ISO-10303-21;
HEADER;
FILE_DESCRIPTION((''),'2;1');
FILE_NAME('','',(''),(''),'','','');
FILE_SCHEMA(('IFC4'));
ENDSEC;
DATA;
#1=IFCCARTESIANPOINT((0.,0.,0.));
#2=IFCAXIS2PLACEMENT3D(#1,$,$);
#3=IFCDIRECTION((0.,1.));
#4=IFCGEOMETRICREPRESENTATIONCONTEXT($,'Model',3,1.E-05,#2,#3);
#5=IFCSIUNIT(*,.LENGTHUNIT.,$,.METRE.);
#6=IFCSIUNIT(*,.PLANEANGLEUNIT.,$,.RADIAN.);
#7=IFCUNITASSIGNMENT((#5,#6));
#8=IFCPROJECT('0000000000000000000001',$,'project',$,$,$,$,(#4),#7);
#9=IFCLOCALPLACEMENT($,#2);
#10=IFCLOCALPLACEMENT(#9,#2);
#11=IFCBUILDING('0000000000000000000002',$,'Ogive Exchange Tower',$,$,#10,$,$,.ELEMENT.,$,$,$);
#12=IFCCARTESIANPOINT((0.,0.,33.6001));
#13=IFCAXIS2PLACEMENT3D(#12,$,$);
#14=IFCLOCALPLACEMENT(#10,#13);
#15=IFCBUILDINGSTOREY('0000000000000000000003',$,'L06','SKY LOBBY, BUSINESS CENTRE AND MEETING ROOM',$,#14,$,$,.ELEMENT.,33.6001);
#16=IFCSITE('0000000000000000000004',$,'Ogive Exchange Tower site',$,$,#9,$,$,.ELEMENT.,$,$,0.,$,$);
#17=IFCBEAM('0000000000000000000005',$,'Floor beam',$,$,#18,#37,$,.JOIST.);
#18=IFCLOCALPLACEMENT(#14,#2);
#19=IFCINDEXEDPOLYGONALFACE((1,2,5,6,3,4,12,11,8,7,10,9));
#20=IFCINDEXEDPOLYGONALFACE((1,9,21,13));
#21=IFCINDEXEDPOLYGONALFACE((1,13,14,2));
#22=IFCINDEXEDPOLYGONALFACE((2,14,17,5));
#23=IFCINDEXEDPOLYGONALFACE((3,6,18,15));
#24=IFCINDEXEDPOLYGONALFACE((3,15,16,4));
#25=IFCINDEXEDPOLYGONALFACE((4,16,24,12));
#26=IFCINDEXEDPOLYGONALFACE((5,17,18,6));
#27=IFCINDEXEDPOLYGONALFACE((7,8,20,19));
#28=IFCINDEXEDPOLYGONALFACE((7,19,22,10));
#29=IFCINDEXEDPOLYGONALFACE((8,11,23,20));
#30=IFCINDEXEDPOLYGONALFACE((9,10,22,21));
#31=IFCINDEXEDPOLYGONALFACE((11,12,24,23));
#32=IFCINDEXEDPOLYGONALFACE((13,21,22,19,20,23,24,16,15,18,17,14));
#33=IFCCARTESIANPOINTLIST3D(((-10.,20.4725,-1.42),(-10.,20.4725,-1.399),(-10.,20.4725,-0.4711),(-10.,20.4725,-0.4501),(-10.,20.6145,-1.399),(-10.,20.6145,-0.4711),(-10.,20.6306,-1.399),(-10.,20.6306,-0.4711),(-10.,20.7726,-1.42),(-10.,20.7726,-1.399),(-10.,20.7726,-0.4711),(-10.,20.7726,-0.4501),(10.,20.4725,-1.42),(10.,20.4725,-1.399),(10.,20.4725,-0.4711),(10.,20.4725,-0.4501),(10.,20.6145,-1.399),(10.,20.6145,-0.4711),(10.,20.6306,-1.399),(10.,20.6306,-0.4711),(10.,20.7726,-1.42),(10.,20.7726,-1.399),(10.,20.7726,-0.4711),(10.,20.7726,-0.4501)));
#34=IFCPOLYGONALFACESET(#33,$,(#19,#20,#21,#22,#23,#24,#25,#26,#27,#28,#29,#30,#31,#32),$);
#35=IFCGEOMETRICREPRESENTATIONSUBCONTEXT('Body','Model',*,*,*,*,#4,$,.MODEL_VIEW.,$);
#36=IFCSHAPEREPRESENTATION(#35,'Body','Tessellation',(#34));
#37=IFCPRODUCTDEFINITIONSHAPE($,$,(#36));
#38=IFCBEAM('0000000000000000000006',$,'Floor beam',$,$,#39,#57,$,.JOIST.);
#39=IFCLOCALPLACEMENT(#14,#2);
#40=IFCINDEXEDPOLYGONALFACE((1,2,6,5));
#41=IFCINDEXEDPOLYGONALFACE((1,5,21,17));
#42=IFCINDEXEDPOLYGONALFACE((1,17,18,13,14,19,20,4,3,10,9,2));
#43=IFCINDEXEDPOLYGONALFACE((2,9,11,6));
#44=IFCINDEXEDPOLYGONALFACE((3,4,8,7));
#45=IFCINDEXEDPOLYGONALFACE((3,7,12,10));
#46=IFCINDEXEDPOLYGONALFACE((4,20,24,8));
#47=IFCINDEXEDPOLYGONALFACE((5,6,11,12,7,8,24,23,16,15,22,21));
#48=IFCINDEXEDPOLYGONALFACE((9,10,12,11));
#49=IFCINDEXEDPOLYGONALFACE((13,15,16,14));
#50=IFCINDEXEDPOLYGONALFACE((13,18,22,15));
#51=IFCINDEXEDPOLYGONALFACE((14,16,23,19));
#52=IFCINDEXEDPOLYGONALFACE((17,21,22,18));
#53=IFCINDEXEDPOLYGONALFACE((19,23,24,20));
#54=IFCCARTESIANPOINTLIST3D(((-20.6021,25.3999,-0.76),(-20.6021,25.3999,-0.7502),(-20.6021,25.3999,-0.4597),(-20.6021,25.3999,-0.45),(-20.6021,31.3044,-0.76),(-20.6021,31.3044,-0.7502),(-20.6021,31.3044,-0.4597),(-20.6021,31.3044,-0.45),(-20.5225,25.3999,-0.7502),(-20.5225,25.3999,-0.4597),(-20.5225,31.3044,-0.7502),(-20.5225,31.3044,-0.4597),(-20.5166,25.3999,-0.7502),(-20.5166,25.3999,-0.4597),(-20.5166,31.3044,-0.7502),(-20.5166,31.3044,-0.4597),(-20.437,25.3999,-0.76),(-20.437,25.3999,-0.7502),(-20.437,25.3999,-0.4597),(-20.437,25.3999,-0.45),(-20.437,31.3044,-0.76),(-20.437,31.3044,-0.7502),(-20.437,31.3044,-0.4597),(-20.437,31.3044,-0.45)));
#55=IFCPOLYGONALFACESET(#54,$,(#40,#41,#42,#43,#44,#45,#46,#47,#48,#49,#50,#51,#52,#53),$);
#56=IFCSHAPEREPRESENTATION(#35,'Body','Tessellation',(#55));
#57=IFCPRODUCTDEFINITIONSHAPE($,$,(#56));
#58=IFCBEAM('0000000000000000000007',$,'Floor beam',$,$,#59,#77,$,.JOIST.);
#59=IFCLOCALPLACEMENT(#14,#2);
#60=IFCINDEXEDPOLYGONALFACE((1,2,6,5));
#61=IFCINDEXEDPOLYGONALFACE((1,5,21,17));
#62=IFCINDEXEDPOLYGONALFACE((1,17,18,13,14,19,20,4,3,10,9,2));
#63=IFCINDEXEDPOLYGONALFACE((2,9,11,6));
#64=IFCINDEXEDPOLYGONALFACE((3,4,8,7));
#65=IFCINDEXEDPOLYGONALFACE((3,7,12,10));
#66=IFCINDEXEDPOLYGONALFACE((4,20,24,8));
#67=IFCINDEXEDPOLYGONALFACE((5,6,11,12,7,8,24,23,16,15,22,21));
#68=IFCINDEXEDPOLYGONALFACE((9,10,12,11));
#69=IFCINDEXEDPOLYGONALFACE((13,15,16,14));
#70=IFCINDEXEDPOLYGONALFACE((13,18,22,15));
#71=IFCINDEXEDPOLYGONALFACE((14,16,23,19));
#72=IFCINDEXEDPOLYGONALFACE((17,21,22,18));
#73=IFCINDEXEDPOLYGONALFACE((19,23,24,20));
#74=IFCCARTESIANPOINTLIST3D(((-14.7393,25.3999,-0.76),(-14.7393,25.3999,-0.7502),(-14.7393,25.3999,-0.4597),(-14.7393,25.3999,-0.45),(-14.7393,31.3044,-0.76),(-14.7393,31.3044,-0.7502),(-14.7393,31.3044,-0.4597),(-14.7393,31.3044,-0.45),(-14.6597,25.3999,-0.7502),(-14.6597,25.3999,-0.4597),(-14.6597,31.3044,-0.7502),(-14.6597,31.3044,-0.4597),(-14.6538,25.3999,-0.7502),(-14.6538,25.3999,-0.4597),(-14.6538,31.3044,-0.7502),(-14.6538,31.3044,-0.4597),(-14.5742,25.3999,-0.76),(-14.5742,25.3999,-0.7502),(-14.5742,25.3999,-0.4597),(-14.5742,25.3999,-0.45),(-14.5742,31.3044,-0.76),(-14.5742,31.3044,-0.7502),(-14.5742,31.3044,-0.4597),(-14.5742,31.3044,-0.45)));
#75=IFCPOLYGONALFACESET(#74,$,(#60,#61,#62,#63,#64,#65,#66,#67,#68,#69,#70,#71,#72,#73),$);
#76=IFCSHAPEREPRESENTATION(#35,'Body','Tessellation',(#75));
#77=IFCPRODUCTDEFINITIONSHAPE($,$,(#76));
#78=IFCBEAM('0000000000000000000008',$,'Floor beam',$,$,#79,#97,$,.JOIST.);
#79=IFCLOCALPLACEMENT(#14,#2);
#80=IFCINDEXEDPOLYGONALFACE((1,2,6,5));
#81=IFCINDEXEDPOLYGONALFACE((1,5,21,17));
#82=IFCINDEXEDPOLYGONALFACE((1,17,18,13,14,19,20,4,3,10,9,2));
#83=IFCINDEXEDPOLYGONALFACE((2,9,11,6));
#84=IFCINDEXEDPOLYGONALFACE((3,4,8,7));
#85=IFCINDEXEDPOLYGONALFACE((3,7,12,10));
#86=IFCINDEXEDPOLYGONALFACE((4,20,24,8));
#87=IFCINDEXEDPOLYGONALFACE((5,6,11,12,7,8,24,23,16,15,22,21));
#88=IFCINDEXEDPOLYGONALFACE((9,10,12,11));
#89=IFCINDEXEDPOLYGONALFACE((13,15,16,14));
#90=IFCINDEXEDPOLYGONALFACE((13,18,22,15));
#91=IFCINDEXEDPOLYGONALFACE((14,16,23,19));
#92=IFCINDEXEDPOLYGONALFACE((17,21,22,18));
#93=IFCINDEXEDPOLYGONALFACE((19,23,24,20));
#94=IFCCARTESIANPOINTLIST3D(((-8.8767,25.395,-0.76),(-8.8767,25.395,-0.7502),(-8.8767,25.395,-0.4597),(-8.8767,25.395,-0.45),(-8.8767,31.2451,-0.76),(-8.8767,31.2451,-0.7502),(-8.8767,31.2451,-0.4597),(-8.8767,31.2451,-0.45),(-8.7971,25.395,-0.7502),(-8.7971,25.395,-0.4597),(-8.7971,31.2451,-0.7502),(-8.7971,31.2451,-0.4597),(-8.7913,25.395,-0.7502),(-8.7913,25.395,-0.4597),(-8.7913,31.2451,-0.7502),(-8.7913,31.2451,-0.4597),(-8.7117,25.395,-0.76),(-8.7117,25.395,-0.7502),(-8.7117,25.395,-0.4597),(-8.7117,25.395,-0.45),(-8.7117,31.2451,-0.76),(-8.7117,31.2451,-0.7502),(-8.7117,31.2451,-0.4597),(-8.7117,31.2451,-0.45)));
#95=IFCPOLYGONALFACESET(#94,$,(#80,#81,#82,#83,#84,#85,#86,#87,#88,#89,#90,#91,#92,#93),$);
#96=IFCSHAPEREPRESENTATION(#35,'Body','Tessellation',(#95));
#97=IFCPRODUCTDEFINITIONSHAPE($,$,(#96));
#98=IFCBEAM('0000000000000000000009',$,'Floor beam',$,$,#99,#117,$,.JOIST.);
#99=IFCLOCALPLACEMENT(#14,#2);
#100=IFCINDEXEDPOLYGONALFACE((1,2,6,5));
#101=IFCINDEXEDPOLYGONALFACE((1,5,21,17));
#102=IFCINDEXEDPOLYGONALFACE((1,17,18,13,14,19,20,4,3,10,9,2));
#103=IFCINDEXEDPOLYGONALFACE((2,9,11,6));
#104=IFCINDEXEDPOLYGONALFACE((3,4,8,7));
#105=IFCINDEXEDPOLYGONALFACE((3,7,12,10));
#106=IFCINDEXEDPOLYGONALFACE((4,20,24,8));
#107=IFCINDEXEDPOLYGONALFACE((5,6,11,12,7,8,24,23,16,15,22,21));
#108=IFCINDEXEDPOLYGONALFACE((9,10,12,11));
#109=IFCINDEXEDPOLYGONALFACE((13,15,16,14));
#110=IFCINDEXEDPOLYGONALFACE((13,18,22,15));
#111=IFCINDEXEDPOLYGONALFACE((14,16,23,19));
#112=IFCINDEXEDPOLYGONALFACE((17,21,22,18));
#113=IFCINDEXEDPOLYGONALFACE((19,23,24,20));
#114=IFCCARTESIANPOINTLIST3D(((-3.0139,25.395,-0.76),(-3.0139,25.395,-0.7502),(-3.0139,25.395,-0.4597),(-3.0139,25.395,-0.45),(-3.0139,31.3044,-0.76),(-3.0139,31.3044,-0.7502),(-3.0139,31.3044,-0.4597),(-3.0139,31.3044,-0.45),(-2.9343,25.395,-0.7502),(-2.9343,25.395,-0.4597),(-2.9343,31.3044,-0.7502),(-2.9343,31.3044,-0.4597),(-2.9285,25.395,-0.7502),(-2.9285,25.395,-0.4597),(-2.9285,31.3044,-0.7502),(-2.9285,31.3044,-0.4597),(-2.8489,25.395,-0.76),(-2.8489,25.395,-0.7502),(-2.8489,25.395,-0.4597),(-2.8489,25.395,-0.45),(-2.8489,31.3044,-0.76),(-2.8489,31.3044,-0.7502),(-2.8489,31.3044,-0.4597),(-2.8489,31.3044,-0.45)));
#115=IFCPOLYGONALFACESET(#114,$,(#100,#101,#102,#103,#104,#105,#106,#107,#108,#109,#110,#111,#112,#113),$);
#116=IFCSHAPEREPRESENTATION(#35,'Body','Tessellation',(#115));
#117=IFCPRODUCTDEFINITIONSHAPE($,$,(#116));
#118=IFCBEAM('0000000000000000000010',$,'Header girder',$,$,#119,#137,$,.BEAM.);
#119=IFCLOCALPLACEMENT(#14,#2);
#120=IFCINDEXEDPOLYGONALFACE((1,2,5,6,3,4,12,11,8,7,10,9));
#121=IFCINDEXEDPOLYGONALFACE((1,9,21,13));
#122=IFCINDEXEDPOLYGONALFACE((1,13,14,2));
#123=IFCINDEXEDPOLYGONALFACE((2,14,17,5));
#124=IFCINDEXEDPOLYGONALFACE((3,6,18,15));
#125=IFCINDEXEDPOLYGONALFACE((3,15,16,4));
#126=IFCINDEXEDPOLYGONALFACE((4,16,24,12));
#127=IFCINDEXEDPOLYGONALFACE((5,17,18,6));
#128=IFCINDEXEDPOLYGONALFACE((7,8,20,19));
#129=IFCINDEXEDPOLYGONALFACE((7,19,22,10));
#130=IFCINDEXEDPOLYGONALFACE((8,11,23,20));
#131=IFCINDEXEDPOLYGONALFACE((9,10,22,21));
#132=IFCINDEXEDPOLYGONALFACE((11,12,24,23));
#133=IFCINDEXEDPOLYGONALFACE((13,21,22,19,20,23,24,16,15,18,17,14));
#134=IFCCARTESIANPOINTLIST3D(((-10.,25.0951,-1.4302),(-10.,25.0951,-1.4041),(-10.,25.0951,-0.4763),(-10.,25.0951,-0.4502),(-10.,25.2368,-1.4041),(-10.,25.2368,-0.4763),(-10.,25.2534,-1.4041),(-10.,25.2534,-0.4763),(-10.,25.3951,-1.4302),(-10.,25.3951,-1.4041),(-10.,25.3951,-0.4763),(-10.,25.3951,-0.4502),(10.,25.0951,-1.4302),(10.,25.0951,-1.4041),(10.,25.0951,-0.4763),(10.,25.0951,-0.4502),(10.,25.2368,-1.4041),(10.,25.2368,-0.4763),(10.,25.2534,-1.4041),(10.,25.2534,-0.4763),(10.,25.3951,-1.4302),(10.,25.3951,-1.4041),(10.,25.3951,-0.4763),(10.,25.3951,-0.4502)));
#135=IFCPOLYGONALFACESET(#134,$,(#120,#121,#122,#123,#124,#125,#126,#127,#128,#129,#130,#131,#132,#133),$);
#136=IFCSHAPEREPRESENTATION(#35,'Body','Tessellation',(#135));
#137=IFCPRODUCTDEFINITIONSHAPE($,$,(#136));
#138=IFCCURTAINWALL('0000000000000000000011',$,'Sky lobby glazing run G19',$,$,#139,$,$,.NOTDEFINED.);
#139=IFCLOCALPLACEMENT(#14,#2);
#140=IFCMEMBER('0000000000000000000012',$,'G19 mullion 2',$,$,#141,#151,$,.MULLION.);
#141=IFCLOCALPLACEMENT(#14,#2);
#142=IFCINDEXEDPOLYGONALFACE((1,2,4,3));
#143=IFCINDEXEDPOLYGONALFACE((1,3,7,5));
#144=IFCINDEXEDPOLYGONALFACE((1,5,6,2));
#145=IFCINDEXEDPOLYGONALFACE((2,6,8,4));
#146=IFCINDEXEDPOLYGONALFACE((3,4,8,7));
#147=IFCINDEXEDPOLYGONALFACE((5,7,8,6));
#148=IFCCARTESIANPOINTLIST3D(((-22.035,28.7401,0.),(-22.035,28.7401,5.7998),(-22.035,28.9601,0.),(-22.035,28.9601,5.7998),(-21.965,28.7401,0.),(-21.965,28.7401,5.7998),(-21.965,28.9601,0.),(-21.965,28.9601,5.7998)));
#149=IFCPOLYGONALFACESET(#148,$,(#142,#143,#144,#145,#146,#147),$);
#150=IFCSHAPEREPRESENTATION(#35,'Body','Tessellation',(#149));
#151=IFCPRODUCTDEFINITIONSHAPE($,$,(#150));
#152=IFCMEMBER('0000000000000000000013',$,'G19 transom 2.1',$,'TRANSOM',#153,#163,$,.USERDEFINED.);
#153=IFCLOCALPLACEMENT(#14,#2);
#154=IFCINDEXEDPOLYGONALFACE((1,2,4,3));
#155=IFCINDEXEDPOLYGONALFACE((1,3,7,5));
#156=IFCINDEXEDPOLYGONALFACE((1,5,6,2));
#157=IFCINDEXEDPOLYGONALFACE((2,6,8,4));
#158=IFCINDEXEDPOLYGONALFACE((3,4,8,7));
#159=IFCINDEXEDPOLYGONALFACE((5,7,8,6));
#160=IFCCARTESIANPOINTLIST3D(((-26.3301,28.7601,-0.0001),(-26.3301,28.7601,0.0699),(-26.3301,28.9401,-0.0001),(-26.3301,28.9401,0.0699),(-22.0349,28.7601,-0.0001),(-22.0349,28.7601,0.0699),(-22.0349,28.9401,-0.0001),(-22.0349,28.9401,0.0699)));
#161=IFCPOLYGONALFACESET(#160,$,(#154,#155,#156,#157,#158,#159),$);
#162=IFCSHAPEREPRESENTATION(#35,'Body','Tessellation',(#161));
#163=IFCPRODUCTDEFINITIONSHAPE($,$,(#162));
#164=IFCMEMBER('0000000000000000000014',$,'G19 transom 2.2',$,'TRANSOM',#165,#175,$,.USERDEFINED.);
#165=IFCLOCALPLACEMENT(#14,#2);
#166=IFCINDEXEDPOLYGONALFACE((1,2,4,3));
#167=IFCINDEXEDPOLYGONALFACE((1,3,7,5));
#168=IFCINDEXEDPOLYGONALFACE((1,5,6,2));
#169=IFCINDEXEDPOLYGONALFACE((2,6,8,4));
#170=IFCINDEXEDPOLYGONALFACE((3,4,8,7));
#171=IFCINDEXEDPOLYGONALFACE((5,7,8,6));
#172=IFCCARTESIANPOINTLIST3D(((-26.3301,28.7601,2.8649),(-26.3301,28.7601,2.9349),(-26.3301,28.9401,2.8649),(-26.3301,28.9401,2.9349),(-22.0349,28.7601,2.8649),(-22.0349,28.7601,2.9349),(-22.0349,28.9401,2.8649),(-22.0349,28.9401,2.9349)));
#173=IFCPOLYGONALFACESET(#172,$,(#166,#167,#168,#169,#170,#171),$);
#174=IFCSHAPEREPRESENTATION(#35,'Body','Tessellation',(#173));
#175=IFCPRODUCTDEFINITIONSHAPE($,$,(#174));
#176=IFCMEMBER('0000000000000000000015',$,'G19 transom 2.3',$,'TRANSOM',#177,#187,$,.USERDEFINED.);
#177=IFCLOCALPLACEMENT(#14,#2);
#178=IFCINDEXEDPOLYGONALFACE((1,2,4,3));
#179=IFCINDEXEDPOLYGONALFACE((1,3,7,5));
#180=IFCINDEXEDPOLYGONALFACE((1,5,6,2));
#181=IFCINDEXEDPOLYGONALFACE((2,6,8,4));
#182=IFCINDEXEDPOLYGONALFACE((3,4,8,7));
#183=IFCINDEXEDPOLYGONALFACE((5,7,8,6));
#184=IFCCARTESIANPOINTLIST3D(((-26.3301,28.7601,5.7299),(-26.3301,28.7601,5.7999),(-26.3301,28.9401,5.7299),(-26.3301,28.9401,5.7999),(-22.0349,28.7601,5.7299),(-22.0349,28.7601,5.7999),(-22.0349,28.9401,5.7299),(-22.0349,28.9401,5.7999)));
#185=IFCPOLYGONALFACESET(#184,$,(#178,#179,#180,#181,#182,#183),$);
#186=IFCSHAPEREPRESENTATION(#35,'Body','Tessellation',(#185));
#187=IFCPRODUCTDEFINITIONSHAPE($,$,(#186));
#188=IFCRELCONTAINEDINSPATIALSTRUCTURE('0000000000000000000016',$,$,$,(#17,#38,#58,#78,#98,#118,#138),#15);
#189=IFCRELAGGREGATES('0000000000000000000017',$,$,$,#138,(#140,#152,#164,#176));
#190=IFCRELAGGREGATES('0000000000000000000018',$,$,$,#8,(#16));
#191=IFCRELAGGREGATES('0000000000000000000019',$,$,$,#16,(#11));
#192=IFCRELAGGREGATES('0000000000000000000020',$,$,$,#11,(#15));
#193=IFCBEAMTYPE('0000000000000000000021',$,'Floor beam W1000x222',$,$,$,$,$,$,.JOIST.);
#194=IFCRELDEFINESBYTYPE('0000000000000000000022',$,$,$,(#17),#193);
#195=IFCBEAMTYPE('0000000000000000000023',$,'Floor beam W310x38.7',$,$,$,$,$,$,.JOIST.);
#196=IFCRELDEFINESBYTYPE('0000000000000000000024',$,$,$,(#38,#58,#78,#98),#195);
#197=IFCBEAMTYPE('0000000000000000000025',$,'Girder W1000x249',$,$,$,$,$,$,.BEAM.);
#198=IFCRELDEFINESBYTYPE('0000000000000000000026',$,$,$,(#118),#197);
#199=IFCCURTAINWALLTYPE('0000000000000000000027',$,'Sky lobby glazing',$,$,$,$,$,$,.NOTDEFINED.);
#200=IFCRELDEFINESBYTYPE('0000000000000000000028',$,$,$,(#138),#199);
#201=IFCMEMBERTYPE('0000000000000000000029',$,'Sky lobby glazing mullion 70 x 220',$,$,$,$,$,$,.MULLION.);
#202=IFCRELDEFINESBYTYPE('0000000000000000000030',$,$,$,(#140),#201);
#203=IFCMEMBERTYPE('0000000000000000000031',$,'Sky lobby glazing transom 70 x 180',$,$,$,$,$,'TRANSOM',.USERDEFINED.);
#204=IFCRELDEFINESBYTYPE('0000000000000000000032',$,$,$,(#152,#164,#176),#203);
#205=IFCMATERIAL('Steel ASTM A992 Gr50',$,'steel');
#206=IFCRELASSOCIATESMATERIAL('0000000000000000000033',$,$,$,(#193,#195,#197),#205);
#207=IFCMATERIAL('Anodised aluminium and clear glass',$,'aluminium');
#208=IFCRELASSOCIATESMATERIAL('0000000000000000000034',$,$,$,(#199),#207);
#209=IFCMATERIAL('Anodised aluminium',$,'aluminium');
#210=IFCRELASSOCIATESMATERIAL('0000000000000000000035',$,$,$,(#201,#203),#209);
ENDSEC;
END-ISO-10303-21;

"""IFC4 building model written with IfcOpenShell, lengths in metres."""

from ifc_helpers import new_model, si_unit, direction, frame, origin, origin_2d, place, context, subcontext, project, spatial, rectangle, i_section, extrude, material, material_profile, profile_set, type_object, element, aggregate, save


model = new_model("IFC4")

# Units and contexts
model_context = context("Model", 3, precision=1e-05, world=origin(), true_north=direction((0.0, 1.0)))
body_context = subcontext(model_context, "Body", "Model", "MODEL_VIEW")
ifc_project = project(units=[si_unit("LENGTHUNIT", "METRE"), si_unit("PLANEANGLEUNIT", "RADIAN")], contexts=[model_context])

# Site, building, storey
site_placement = place(None, origin())
site = spatial("IfcSite", under=ifc_project, at=site_placement, Name="Ogive Exchange Tower site", CompositionType="ELEMENT", RefElevation=0.0)
building_placement = place(site_placement, origin())
building = spatial("IfcBuilding", under=site, at=building_placement, Name="Ogive Exchange Tower", CompositionType="ELEMENT")
storey_placement = place(building_placement, frame((0.0, 0.0, 33.6001)))
storey = spatial("IfcBuildingStorey", under=building, at=storey_placement, Name="L06", Description="SKY LOBBY, BUSINESS CENTRE AND MEETING ROOM", CompositionType="ELEMENT", Elevation=33.6001)

# Beams
ifc_material_1 = material(Name="Steel ASTM A992 Gr50", Category="steel")
ifc_material_profile_1 = material_profile(ifc_material_1, i_section(OverallWidth=0.3, OverallDepth=0.97, WebThickness=0.0161, FlangeThickness=0.021, at=origin_2d()), Name="W1000x222")
ifc_profile_set_1 = profile_set([ifc_material_profile_1], Name="Steel ASTM A992 Gr50")
beam_type_1 = type_object("IfcBeamType", Name="Floor beam W1000x222", PredefinedType="JOIST", material=ifc_profile_set_1)
beam_1_placement = place(storey_placement, frame((-10.0, 20.6226, -0.9351), z_axis=(1.0, 0.0, 0.0), x_axis=(0.0, 1.0, 0.0)))
element("IfcBeam", 1, at=beam_1_placement, inside=storey, type_object=beam_type_1, Name="Floor beam", PredefinedType="JOIST", context=body_context, shape_type="SweptSolid", body=[
    extrude(i_section(OverallWidth=0.3, OverallDepth=0.97, WebThickness=0.0161, FlangeThickness=0.021, at=origin_2d()), origin(), (0.0, 0.0, 1.0), 20.0),
])
ifc_material_profile_2 = material_profile(ifc_material_1, i_section(OverallWidth=0.165, OverallDepth=0.3101, WebThickness=0.0059, FlangeThickness=0.0098, at=origin_2d()), Name="W310x38.7")
ifc_profile_set_2 = profile_set([ifc_material_profile_2], Name="Steel ASTM A992 Gr50")
beam_type_2 = type_object("IfcBeamType", Name="Floor beam W310x38.7", PredefinedType="JOIST", material=ifc_profile_set_2)
for number, where, z_axis, x_axis, name in (
    (2, (-20.5195, 25.3999, -0.605), (0.0, 1.0, 0.0), (-1.0, 0.0, 0.0), "Floor beam"),
    (3, (-14.6567, 25.3999, -0.605), (0.0, 1.0, 0.0), (-1.0, 0.0, 0.0), "Floor beam"),
):
    element("IfcBeam", number, at=place(storey_placement, frame(where, z_axis=z_axis, x_axis=x_axis)), inside=storey, type_object=beam_type_2, Name=name, PredefinedType="JOIST", context=body_context, shape_type="SweptSolid", body=[
        extrude(i_section(OverallWidth=0.165, OverallDepth=0.3101, WebThickness=0.0059, FlangeThickness=0.0098, at=origin_2d()), origin(), (0.0, 0.0, 1.0), 5.9045),
    ])
beam_2_placement = place(storey_placement, frame((-8.7942, 25.395, -0.605), z_axis=(0.0, 1.0, 0.0), x_axis=(-1.0, 0.0, 0.0)))
element("IfcBeam", 4, at=beam_2_placement, inside=storey, type_object=beam_type_2, Name="Floor beam", PredefinedType="JOIST", context=body_context, shape_type="SweptSolid", body=[
    extrude(i_section(OverallWidth=0.165, OverallDepth=0.3101, WebThickness=0.0059, FlangeThickness=0.0098, at=origin_2d()), origin(), (0.0, 0.0, 1.0), 5.8501),
])
beam_3_placement = place(storey_placement, frame((-2.9314, 25.395, -0.605), z_axis=(0.0, 1.0, 0.0), x_axis=(-1.0, 0.0, 0.0)))
element("IfcBeam", 5, at=beam_3_placement, inside=storey, type_object=beam_type_2, Name="Floor beam", PredefinedType="JOIST", context=body_context, shape_type="SweptSolid", body=[
    extrude(i_section(OverallWidth=0.165, OverallDepth=0.3101, WebThickness=0.0059, FlangeThickness=0.0098, at=origin_2d()), origin(), (0.0, 0.0, 1.0), 5.9094),
])
ifc_material_profile_3 = material_profile(ifc_material_1, i_section(OverallWidth=0.3, OverallDepth=0.98, WebThickness=0.0166, FlangeThickness=0.0261, at=origin_2d()), Name="W1000x249")
ifc_profile_set_3 = profile_set([ifc_material_profile_3], Name="Steel ASTM A992 Gr50")
beam_type_3 = type_object("IfcBeamType", Name="Girder W1000x249", PredefinedType="BEAM", material=ifc_profile_set_3)
beam_4_placement = place(storey_placement, frame((-10.0, 25.2451, -0.9402), z_axis=(1.0, 0.0, 0.0), x_axis=(0.0, 1.0, 0.0)))
element("IfcBeam", 6, at=beam_4_placement, inside=storey, type_object=beam_type_3, Name="Header girder", PredefinedType="BEAM", context=body_context, shape_type="SweptSolid", body=[
    extrude(i_section(OverallWidth=0.3, OverallDepth=0.98, WebThickness=0.0166, FlangeThickness=0.0261, at=origin_2d()), origin(), (0.0, 0.0, 1.0), 20.0),
])

# Curtain wall, members
ifc_material_2 = material(Name="Anodised aluminium and clear glass", Category="aluminium")
curtain_wall_type = type_object("IfcCurtainWallType", Name="Sky lobby glazing", PredefinedType="NOTDEFINED", material=ifc_material_2)
curtain_wall_placement = place(storey_placement, origin())
curtain_wall = element("IfcCurtainWall", 7, at=curtain_wall_placement, inside=storey, type_object=curtain_wall_type, Name="Sky lobby glazing run G19", PredefinedType="NOTDEFINED")
ifc_material_3 = material(Name="Anodised aluminium", Category="aluminium")
ifc_material_profile_4 = material_profile(ifc_material_3, rectangle(XDim=0.22, YDim=0.0701, at=origin_2d()), Name="AL 70x220")
ifc_profile_set_4 = profile_set([ifc_material_profile_4], Name="Anodised aluminium")
member_type_1 = type_object("IfcMemberType", Name="Sky lobby glazing mullion 70 x 220", PredefinedType="MULLION", material=ifc_profile_set_4)
member_1_placement = place(storey_placement, frame((-22.0, 28.8501, 0.0), z_axis=(0.0, 0.0, 1.0), x_axis=(0.0, -1.0, 0.0)))
member_1 = element("IfcMember", 8, at=member_1_placement, type_object=member_type_1, Name="G19 mullion 2", PredefinedType="MULLION", context=body_context, shape_type="SweptSolid", body=[
    extrude(rectangle(XDim=0.22, YDim=0.0701, at=origin_2d()), origin(), (0.0, 0.0, 1.0), 5.7998),
])
ifc_material_profile_5 = material_profile(ifc_material_3, rectangle(XDim=0.1799, YDim=0.0701, at=origin_2d()), Name="AL 70x180")
ifc_profile_set_5 = profile_set([ifc_material_profile_5], Name="Anodised aluminium")
member_type_2 = type_object("IfcMemberType", Name="Sky lobby glazing transom 70 x 180", ElementType="TRANSOM", PredefinedType="USERDEFINED", material=ifc_profile_set_5)
member_2_placement = place(storey_placement, frame((-22.0349, 28.8501, 0.0349), z_axis=(-1.0, 0.0, 0.0), x_axis=(0.0, -1.0, 0.0)))
member_2 = element("IfcMember", 9, at=member_2_placement, type_object=member_type_2, Name="G19 transom 2.1", ObjectType="TRANSOM", PredefinedType="USERDEFINED", context=body_context, shape_type="SweptSolid", body=[
    extrude(rectangle(XDim=0.1799, YDim=0.0701, at=origin_2d()), origin(), (0.0, 0.0, 1.0), 4.2952),
])
member_3_placement = place(storey_placement, frame((-22.0349, 28.8501, 2.8999), z_axis=(-1.0, 0.0, 0.0), x_axis=(0.0, -1.0, 0.0)))
member_3 = element("IfcMember", 10, at=member_3_placement, type_object=member_type_2, Name="G19 transom 2.2", ObjectType="TRANSOM", PredefinedType="USERDEFINED", context=body_context, shape_type="SweptSolid", body=[
    extrude(rectangle(XDim=0.1799, YDim=0.0701, at=origin_2d()), origin(), (0.0, 0.0, 1.0), 4.2952),
])
member_4_placement = place(storey_placement, frame((-22.0349, 28.8501, 5.7649), z_axis=(-1.0, 0.0, 0.0), x_axis=(0.0, -1.0, 0.0)))
member_4 = element("IfcMember", 11, at=member_4_placement, type_object=member_type_2, Name="G19 transom 2.3", ObjectType="TRANSOM", PredefinedType="USERDEFINED", context=body_context, shape_type="SweptSolid", body=[
    extrude(rectangle(XDim=0.1799, YDim=0.0701, at=origin_2d()), origin(), (0.0, 0.0, 1.0), 4.2952),
])
aggregate(curtain_wall, [member_1, member_2, member_3, member_4])

save(model, "model.ifc")
